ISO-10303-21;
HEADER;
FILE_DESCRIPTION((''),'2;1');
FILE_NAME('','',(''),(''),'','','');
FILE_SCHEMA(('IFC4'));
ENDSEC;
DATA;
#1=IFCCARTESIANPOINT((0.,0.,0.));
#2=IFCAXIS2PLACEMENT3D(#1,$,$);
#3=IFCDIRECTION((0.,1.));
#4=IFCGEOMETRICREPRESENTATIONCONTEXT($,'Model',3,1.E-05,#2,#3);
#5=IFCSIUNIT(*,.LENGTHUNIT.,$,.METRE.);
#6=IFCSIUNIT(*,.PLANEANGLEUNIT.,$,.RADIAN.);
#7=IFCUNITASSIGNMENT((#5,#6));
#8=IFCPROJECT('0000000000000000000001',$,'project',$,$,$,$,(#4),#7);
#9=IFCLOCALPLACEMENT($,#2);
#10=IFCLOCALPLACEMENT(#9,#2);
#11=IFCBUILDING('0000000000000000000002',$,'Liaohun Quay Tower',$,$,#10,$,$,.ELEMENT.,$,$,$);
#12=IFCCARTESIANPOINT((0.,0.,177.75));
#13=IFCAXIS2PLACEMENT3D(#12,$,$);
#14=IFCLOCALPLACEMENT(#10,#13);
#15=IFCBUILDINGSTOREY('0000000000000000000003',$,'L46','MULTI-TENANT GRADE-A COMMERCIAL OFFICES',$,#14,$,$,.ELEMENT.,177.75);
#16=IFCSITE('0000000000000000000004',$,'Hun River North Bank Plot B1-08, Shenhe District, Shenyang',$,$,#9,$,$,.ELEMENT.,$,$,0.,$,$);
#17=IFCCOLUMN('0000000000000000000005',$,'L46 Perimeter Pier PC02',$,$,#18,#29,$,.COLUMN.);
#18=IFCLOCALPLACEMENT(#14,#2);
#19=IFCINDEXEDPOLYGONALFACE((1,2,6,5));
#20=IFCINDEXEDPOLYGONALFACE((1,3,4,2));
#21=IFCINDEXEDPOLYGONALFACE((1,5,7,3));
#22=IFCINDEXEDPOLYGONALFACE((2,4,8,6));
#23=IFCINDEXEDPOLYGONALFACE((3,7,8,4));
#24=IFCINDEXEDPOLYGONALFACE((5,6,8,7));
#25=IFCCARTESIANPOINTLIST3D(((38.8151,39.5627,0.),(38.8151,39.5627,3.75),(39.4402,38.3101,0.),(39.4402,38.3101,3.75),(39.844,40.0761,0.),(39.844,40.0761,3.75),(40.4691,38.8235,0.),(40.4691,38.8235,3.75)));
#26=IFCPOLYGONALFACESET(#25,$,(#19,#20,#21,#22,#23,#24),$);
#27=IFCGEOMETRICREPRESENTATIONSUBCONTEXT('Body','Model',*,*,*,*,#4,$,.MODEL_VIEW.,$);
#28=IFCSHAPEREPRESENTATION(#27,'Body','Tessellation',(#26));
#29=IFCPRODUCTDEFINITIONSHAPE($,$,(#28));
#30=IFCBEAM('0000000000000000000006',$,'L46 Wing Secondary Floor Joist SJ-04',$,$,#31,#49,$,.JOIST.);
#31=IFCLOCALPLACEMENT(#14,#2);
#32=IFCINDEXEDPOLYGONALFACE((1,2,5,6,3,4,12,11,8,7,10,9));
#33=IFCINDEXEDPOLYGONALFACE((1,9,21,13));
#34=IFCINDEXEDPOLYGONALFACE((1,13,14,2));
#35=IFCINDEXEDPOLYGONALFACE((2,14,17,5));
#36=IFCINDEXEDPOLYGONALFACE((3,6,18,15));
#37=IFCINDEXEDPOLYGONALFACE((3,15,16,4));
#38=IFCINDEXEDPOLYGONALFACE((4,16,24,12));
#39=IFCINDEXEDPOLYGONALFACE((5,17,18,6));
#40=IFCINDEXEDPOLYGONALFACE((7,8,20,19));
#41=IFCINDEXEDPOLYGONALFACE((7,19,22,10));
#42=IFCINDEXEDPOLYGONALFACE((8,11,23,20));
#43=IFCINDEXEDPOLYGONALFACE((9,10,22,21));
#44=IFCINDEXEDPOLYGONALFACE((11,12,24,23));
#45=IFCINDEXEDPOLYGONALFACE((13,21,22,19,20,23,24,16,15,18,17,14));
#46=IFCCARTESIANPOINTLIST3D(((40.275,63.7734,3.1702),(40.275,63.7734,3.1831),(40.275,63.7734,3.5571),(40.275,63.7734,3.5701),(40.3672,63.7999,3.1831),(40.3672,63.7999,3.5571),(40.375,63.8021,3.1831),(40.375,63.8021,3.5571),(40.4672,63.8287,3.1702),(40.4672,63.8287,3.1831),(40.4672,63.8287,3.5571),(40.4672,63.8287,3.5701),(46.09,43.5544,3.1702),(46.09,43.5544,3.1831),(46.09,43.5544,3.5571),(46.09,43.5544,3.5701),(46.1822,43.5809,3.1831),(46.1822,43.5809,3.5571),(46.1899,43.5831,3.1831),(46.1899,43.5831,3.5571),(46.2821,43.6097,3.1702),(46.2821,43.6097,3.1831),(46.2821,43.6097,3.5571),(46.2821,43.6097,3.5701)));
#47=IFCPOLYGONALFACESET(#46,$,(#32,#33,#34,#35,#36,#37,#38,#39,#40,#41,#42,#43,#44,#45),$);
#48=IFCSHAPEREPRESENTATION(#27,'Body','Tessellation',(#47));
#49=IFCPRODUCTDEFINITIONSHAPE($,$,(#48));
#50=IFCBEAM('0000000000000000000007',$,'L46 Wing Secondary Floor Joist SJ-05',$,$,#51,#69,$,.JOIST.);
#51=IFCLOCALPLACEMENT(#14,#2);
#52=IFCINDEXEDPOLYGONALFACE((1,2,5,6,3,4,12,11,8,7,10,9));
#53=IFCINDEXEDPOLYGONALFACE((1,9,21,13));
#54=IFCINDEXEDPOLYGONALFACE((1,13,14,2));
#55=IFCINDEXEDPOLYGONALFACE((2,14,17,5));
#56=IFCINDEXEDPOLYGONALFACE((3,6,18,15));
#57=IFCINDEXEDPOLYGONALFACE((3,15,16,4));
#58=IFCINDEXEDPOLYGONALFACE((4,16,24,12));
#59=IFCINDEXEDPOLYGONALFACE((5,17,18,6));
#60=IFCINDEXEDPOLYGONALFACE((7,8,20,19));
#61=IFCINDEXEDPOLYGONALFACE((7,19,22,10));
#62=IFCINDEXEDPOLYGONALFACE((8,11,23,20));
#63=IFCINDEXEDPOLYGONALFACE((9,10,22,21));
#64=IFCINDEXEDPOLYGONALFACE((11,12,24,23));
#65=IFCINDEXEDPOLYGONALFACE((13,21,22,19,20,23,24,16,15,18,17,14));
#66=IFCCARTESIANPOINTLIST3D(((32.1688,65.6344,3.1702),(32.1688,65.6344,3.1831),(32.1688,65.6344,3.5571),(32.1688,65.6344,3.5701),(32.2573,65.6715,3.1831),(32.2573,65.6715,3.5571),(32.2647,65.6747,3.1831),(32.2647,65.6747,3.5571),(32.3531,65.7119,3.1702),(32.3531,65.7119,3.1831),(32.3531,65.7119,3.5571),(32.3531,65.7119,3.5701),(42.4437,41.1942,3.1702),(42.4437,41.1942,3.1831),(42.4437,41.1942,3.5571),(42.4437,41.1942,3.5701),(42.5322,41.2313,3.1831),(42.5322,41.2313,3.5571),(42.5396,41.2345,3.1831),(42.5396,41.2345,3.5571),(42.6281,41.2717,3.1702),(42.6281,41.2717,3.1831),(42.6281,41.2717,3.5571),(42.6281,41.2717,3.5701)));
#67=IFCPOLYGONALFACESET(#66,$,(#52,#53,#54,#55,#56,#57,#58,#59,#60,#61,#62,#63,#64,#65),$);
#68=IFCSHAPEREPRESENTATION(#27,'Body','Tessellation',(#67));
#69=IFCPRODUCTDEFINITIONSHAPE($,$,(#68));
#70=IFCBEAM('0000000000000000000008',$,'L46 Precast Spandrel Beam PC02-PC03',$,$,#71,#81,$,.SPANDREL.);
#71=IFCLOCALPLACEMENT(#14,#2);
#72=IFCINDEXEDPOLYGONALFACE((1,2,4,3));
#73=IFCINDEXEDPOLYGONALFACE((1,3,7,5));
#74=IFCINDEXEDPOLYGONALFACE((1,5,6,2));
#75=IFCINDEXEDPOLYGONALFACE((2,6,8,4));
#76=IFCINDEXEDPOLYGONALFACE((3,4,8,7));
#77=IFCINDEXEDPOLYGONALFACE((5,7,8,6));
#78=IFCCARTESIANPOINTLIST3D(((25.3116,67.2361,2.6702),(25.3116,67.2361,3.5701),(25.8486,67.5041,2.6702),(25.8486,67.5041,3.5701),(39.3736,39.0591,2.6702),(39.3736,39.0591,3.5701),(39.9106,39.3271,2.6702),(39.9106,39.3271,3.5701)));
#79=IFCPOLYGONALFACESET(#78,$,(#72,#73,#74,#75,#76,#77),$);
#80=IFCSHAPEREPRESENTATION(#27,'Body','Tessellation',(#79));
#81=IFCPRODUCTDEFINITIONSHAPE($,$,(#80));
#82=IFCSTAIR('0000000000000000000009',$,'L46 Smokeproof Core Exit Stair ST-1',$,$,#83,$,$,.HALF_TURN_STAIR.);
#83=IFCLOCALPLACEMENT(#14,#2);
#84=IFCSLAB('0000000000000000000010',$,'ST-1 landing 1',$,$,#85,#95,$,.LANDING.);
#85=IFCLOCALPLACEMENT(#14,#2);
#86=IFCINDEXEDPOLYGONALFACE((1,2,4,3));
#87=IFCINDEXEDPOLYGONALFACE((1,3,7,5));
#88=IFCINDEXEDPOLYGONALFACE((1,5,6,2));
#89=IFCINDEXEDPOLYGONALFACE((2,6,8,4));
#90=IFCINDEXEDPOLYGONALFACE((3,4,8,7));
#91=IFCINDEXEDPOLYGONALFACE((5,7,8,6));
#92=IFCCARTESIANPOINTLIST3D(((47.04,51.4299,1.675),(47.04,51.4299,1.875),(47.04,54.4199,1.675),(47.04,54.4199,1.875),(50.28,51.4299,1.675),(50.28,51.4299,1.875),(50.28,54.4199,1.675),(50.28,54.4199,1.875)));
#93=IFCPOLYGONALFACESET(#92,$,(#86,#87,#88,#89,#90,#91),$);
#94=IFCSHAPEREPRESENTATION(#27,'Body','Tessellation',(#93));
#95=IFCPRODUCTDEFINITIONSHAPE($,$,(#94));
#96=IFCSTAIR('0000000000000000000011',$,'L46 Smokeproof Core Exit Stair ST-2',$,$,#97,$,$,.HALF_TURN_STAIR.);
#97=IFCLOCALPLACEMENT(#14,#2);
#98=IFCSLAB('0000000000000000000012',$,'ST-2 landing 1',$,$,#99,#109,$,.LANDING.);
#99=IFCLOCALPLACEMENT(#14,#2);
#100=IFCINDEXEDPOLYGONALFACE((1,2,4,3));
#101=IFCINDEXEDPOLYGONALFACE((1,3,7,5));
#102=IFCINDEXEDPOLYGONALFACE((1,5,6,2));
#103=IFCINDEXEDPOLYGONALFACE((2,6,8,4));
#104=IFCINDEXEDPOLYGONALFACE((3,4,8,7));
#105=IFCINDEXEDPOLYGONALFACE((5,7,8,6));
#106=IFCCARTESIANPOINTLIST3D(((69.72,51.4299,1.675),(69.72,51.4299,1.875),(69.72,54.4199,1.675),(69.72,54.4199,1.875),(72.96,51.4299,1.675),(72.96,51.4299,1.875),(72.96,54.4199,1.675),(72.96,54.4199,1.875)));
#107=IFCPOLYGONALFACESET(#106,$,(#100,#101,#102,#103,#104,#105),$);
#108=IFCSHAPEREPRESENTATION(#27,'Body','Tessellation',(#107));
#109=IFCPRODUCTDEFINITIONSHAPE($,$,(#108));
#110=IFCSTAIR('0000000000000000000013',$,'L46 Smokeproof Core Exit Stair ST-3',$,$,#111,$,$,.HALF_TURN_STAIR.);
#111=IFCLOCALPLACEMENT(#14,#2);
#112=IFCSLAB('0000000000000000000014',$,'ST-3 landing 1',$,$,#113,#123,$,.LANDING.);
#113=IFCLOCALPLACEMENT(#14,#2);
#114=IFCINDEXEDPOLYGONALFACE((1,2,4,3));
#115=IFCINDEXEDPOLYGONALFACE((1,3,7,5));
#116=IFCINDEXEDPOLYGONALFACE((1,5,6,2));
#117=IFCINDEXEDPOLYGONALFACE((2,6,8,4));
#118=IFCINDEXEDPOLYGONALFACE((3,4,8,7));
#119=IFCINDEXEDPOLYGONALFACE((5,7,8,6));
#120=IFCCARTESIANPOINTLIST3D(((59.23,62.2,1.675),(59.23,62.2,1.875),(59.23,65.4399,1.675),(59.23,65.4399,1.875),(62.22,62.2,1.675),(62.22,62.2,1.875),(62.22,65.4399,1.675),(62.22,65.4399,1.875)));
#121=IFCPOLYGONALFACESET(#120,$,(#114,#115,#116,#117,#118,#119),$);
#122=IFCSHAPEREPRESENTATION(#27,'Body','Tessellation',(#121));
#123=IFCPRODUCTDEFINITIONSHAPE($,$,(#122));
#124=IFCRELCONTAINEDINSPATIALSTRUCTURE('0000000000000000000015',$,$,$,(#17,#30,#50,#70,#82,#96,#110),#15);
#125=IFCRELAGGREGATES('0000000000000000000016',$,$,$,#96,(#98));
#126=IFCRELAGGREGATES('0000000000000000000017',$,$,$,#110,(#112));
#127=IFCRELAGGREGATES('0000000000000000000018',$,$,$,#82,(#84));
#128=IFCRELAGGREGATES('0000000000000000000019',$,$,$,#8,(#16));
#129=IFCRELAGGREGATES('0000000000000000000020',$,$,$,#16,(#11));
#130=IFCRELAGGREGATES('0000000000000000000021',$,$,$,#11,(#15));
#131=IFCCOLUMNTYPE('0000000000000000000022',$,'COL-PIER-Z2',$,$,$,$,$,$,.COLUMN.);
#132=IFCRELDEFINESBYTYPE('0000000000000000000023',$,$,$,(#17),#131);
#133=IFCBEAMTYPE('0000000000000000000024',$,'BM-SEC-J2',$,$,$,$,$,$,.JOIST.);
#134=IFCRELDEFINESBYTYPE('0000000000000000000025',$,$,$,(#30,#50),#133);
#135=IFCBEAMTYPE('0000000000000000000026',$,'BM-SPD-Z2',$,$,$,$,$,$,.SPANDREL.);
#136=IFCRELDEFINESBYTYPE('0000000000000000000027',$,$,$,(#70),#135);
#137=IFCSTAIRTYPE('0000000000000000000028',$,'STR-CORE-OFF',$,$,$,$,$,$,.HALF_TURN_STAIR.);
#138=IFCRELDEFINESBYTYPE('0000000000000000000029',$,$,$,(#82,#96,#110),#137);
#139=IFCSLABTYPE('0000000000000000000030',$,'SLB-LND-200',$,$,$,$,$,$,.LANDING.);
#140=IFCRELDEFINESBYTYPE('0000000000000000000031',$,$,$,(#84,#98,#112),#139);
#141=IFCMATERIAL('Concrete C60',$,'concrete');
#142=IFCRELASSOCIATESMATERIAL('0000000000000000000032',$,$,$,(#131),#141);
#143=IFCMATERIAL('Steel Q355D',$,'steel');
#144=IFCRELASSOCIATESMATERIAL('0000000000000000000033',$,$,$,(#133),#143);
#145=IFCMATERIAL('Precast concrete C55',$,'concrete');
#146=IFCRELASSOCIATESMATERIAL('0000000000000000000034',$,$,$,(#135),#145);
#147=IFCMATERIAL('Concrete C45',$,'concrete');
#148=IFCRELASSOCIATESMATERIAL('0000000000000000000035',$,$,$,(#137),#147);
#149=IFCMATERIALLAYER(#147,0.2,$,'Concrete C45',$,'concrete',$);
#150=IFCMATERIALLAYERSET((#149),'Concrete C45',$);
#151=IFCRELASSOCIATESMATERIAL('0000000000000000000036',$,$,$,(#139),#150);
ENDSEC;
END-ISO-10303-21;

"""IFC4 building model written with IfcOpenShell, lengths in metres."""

from ifc_helpers import new_model, si_unit, direction, frame, origin, origin_2d, place, context, subcontext, project, spatial, polyline, rectangle, i_section, outline, extrude, source, transform, mapped, material, layer, layer_set, material_profile, profile_set, type_object, element, aggregate, save


model = new_model("IFC4")

# Units and contexts
model_context = context("Model", 3, precision=1e-05, world=origin(), true_north=direction((0.0, 1.0)))
body_context = subcontext(model_context, "Body", "Model", "MODEL_VIEW")
ifc_project = project(units=[si_unit("LENGTHUNIT", "METRE"), si_unit("PLANEANGLEUNIT", "RADIAN")], contexts=[model_context])

# Site, building, storey
site_placement = place(None, origin())
site = spatial("IfcSite", under=ifc_project, at=site_placement, Name="Hun River North Bank Plot B1-08, Shenhe District, Shenyang", CompositionType="ELEMENT", RefElevation=0.0)
building_placement = place(site_placement, origin())
building = spatial("IfcBuilding", under=site, at=building_placement, Name="Liaohun Quay Tower", CompositionType="ELEMENT")
storey_placement = place(building_placement, frame((0.0, 0.0, 177.75)))
storey = spatial("IfcBuildingStorey", under=building, at=storey_placement, Name="L46", Description="MULTI-TENANT GRADE-A COMMERCIAL OFFICES", CompositionType="ELEMENT", Elevation=177.75)

# Column
ifc_material_1 = material(Name="Concrete C60", Category="concrete")
ifc_material_profile_1 = material_profile(ifc_material_1, rectangle(XDim=1.3999, YDim=1.1499, at=origin_2d()), Name="RC1400x1150")
ifc_profile_set_1 = profile_set([ifc_material_profile_1], Name="Concrete C60")
column_type = type_object("IfcColumnType", Name="COL-PIER-Z2", PredefinedType="COLUMN", material=ifc_profile_set_1)
shared_shape_1 = source(origin(), body_context, "Body", "SweptSolid", [
    extrude(rectangle(XDim=1.3999, YDim=1.1499, at=origin_2d()), origin(), (0.0, 0.0, 1.0), 3.75),
])
column_placement = place(storey_placement, frame((39.6421, 39.1931, 0.0), z_axis=(0.0, 0.0, 1.0), x_axis=(-0.44651, 0.894779, 0.0)))
element("IfcColumn", 1, at=column_placement, inside=storey, type_object=column_type, Name="L46 Perimeter Pier PC02", PredefinedType="COLUMN", context=body_context, shape_type="MappedRepresentation", body=[
    mapped(shared_shape_1, transform((0.0, 0.0, 0.0), x_axis=(1.0, 0.0, 0.0), y_axis=(0.0, 1.0, 0.0), z_axis=(0.0, 0.0, 1.0), scale=1.0)),
])

# Beams
ifc_material_2 = material(Name="Steel Q355D", Category="steel")
ifc_material_profile_2 = material_profile(ifc_material_2, i_section(OverallWidth=0.2, OverallDepth=0.3999, WebThickness=0.0081, FlangeThickness=0.0129, at=origin_2d()), Name="HN400x200x8x13")
ifc_profile_set_2 = profile_set([ifc_material_profile_2], Name="Steel Q355D")
beam_type_1 = type_object("IfcBeamType", Name="BM-SEC-J2", PredefinedType="JOIST", material=ifc_profile_set_2)
shared_shape_2 = source(origin(), body_context, "Body", "SweptSolid", [
    extrude(i_section(OverallWidth=0.2, OverallDepth=0.3999, WebThickness=0.0081, FlangeThickness=0.0129, at=origin_2d()), origin(), (0.0, 0.0, 1.0), 21.0386),
])
beam_1_placement = place(storey_placement, frame((46.186, 43.582, 3.3701), z_axis=(-0.276394, 0.961044, 0.0), x_axis=(-0.961044, -0.276394, 0.0)))
element("IfcBeam", 2, at=beam_1_placement, inside=storey, type_object=beam_type_1, Name="L46 Wing Secondary Floor Joist SJ-04", PredefinedType="JOIST", context=body_context, shape_type="MappedRepresentation", body=[
    mapped(shared_shape_2, transform((0.0, 0.0, 0.0), x_axis=(1.0, 0.0, 0.0), y_axis=(0.0, 1.0, 0.0), z_axis=(0.0, 0.0, 1.0), scale=1.0)),
])
shared_shape_3 = source(origin(), body_context, "Body", "SweptSolid", [
    extrude(i_section(OverallWidth=0.2, OverallDepth=0.3999, WebThickness=0.0081, FlangeThickness=0.0129, at=origin_2d()), origin(), (0.0, 0.0, 1.0), 26.5122),
])
beam_2_placement = place(storey_placement, frame((42.5359, 41.2329, 3.3701), z_axis=(-0.387554, 0.921847, 0.0), x_axis=(-0.921847, -0.387554, 0.0)))
element("IfcBeam", 3, at=beam_2_placement, inside=storey, type_object=beam_type_1, Name="L46 Wing Secondary Floor Joist SJ-05", PredefinedType="JOIST", context=body_context, shape_type="MappedRepresentation", body=[
    mapped(shared_shape_3, transform((0.0, 0.0, 0.0), x_axis=(1.0, 0.0, 0.0), y_axis=(0.0, 1.0, 0.0), z_axis=(0.0, 0.0, 1.0), scale=1.0)),
])
ifc_material_3 = material(Name="Precast concrete C55", Category="concrete")
ifc_material_profile_3 = material_profile(ifc_material_3, rectangle(XDim=0.6001, YDim=0.8999, at=origin_2d()), Name="RC600x900")
ifc_profile_set_3 = profile_set([ifc_material_profile_3], Name="Precast concrete C55")
beam_type_2 = type_object("IfcBeamType", Name="BM-SPD-Z2", PredefinedType="SPANDREL", material=ifc_profile_set_3)
shared_shape_4 = source(origin(), body_context, "Body", "SweptSolid", [
    extrude(rectangle(XDim=0.6001, YDim=0.8999, at=origin_2d()), origin(), (0.0, 0.0, 1.0), 31.491),
])
beam_3_placement = place(storey_placement, frame((39.6421, 39.1931, 3.1201), z_axis=(-0.446541, 0.894763, 0.0), x_axis=(-0.894763, -0.446541, 0.0)))
element("IfcBeam", 4, at=beam_3_placement, inside=storey, type_object=beam_type_2, Name="L46 Precast Spandrel Beam PC02-PC03", PredefinedType="SPANDREL", context=body_context, shape_type="MappedRepresentation", body=[
    mapped(shared_shape_4, transform((0.0, 0.0, 0.0), x_axis=(1.0, 0.0, 0.0), y_axis=(0.0, 1.0, 0.0), z_axis=(0.0, 0.0, 1.0), scale=1.0)),
])

# Stairs, slabs
ifc_material_4 = material(Name="Concrete C45", Category="concrete")
stair_type = type_object("IfcStairType", Name="STR-CORE-OFF", PredefinedType="HALF_TURN_STAIR", material=ifc_material_4)
stair_1_placement = place(storey_placement, origin())
stair_1 = element("IfcStair", 5, at=stair_1_placement, inside=storey, type_object=stair_type, Name="L46 Smokeproof Core Exit Stair ST-1", PredefinedType="HALF_TURN_STAIR")
ifc_layer_1 = layer(ifc_material_4, 0.2, Name="Concrete C45", Category="concrete")
ifc_layer_set_1 = layer_set([ifc_layer_1], Name="Concrete C45")
slab_type_1 = type_object("IfcSlabType", Name="SLB-LND-200", PredefinedType="LANDING", material=ifc_layer_set_1)
slab_1_placement = place(storey_placement, frame((0.0, 0.0, 1.675)))
slab_1 = element("IfcSlab", 6, at=slab_1_placement, type_object=slab_type_1, Name="ST-1 landing 1", PredefinedType="LANDING", context=body_context, shape_type="SweptSolid", body=[
    extrude(outline(polyline([(50.28, 51.4299), (50.28, 54.4199), (47.04, 54.4199), (47.04, 51.4299), (50.28, 51.4299)])), origin(), (0.0, 0.0, 1.0), 0.2),
])
stair_2_placement = place(storey_placement, origin())
stair_2 = element("IfcStair", 7, at=stair_2_placement, inside=storey, type_object=stair_type, Name="L46 Smokeproof Core Exit Stair ST-2", PredefinedType="HALF_TURN_STAIR")
slab_2_placement = place(storey_placement, frame((0.0, 0.0, 1.675)))
slab_2 = element("IfcSlab", 8, at=slab_2_placement, type_object=slab_type_1, Name="ST-2 landing 1", PredefinedType="LANDING", context=body_context, shape_type="SweptSolid", body=[
    extrude(outline(polyline([(72.96, 51.4299), (72.96, 54.4199), (69.72, 54.4199), (69.72, 51.4299), (72.96, 51.4299)])), origin(), (0.0, 0.0, 1.0), 0.2),
])
aggregate(stair_2, [slab_2])
stair_3_placement = place(storey_placement, origin())
stair_3 = element("IfcStair", 9, at=stair_3_placement, inside=storey, type_object=stair_type, Name="L46 Smokeproof Core Exit Stair ST-3", PredefinedType="HALF_TURN_STAIR")
slab_3_placement = place(storey_placement, frame((0.0, 0.0, 1.675)))
slab_3 = element("IfcSlab", 10, at=slab_3_placement, type_object=slab_type_1, Name="ST-3 landing 1", PredefinedType="LANDING", context=body_context, shape_type="SweptSolid", body=[
    extrude(outline(polyline([(59.23, 62.2), (62.22, 62.2), (62.22, 65.4399), (59.23, 65.4399), (59.23, 62.2)])), origin(), (0.0, 0.0, 1.0), 0.2),
])
aggregate(stair_3, [slab_3])

aggregate(stair_1, [slab_1])

save(model, "model.ifc")
